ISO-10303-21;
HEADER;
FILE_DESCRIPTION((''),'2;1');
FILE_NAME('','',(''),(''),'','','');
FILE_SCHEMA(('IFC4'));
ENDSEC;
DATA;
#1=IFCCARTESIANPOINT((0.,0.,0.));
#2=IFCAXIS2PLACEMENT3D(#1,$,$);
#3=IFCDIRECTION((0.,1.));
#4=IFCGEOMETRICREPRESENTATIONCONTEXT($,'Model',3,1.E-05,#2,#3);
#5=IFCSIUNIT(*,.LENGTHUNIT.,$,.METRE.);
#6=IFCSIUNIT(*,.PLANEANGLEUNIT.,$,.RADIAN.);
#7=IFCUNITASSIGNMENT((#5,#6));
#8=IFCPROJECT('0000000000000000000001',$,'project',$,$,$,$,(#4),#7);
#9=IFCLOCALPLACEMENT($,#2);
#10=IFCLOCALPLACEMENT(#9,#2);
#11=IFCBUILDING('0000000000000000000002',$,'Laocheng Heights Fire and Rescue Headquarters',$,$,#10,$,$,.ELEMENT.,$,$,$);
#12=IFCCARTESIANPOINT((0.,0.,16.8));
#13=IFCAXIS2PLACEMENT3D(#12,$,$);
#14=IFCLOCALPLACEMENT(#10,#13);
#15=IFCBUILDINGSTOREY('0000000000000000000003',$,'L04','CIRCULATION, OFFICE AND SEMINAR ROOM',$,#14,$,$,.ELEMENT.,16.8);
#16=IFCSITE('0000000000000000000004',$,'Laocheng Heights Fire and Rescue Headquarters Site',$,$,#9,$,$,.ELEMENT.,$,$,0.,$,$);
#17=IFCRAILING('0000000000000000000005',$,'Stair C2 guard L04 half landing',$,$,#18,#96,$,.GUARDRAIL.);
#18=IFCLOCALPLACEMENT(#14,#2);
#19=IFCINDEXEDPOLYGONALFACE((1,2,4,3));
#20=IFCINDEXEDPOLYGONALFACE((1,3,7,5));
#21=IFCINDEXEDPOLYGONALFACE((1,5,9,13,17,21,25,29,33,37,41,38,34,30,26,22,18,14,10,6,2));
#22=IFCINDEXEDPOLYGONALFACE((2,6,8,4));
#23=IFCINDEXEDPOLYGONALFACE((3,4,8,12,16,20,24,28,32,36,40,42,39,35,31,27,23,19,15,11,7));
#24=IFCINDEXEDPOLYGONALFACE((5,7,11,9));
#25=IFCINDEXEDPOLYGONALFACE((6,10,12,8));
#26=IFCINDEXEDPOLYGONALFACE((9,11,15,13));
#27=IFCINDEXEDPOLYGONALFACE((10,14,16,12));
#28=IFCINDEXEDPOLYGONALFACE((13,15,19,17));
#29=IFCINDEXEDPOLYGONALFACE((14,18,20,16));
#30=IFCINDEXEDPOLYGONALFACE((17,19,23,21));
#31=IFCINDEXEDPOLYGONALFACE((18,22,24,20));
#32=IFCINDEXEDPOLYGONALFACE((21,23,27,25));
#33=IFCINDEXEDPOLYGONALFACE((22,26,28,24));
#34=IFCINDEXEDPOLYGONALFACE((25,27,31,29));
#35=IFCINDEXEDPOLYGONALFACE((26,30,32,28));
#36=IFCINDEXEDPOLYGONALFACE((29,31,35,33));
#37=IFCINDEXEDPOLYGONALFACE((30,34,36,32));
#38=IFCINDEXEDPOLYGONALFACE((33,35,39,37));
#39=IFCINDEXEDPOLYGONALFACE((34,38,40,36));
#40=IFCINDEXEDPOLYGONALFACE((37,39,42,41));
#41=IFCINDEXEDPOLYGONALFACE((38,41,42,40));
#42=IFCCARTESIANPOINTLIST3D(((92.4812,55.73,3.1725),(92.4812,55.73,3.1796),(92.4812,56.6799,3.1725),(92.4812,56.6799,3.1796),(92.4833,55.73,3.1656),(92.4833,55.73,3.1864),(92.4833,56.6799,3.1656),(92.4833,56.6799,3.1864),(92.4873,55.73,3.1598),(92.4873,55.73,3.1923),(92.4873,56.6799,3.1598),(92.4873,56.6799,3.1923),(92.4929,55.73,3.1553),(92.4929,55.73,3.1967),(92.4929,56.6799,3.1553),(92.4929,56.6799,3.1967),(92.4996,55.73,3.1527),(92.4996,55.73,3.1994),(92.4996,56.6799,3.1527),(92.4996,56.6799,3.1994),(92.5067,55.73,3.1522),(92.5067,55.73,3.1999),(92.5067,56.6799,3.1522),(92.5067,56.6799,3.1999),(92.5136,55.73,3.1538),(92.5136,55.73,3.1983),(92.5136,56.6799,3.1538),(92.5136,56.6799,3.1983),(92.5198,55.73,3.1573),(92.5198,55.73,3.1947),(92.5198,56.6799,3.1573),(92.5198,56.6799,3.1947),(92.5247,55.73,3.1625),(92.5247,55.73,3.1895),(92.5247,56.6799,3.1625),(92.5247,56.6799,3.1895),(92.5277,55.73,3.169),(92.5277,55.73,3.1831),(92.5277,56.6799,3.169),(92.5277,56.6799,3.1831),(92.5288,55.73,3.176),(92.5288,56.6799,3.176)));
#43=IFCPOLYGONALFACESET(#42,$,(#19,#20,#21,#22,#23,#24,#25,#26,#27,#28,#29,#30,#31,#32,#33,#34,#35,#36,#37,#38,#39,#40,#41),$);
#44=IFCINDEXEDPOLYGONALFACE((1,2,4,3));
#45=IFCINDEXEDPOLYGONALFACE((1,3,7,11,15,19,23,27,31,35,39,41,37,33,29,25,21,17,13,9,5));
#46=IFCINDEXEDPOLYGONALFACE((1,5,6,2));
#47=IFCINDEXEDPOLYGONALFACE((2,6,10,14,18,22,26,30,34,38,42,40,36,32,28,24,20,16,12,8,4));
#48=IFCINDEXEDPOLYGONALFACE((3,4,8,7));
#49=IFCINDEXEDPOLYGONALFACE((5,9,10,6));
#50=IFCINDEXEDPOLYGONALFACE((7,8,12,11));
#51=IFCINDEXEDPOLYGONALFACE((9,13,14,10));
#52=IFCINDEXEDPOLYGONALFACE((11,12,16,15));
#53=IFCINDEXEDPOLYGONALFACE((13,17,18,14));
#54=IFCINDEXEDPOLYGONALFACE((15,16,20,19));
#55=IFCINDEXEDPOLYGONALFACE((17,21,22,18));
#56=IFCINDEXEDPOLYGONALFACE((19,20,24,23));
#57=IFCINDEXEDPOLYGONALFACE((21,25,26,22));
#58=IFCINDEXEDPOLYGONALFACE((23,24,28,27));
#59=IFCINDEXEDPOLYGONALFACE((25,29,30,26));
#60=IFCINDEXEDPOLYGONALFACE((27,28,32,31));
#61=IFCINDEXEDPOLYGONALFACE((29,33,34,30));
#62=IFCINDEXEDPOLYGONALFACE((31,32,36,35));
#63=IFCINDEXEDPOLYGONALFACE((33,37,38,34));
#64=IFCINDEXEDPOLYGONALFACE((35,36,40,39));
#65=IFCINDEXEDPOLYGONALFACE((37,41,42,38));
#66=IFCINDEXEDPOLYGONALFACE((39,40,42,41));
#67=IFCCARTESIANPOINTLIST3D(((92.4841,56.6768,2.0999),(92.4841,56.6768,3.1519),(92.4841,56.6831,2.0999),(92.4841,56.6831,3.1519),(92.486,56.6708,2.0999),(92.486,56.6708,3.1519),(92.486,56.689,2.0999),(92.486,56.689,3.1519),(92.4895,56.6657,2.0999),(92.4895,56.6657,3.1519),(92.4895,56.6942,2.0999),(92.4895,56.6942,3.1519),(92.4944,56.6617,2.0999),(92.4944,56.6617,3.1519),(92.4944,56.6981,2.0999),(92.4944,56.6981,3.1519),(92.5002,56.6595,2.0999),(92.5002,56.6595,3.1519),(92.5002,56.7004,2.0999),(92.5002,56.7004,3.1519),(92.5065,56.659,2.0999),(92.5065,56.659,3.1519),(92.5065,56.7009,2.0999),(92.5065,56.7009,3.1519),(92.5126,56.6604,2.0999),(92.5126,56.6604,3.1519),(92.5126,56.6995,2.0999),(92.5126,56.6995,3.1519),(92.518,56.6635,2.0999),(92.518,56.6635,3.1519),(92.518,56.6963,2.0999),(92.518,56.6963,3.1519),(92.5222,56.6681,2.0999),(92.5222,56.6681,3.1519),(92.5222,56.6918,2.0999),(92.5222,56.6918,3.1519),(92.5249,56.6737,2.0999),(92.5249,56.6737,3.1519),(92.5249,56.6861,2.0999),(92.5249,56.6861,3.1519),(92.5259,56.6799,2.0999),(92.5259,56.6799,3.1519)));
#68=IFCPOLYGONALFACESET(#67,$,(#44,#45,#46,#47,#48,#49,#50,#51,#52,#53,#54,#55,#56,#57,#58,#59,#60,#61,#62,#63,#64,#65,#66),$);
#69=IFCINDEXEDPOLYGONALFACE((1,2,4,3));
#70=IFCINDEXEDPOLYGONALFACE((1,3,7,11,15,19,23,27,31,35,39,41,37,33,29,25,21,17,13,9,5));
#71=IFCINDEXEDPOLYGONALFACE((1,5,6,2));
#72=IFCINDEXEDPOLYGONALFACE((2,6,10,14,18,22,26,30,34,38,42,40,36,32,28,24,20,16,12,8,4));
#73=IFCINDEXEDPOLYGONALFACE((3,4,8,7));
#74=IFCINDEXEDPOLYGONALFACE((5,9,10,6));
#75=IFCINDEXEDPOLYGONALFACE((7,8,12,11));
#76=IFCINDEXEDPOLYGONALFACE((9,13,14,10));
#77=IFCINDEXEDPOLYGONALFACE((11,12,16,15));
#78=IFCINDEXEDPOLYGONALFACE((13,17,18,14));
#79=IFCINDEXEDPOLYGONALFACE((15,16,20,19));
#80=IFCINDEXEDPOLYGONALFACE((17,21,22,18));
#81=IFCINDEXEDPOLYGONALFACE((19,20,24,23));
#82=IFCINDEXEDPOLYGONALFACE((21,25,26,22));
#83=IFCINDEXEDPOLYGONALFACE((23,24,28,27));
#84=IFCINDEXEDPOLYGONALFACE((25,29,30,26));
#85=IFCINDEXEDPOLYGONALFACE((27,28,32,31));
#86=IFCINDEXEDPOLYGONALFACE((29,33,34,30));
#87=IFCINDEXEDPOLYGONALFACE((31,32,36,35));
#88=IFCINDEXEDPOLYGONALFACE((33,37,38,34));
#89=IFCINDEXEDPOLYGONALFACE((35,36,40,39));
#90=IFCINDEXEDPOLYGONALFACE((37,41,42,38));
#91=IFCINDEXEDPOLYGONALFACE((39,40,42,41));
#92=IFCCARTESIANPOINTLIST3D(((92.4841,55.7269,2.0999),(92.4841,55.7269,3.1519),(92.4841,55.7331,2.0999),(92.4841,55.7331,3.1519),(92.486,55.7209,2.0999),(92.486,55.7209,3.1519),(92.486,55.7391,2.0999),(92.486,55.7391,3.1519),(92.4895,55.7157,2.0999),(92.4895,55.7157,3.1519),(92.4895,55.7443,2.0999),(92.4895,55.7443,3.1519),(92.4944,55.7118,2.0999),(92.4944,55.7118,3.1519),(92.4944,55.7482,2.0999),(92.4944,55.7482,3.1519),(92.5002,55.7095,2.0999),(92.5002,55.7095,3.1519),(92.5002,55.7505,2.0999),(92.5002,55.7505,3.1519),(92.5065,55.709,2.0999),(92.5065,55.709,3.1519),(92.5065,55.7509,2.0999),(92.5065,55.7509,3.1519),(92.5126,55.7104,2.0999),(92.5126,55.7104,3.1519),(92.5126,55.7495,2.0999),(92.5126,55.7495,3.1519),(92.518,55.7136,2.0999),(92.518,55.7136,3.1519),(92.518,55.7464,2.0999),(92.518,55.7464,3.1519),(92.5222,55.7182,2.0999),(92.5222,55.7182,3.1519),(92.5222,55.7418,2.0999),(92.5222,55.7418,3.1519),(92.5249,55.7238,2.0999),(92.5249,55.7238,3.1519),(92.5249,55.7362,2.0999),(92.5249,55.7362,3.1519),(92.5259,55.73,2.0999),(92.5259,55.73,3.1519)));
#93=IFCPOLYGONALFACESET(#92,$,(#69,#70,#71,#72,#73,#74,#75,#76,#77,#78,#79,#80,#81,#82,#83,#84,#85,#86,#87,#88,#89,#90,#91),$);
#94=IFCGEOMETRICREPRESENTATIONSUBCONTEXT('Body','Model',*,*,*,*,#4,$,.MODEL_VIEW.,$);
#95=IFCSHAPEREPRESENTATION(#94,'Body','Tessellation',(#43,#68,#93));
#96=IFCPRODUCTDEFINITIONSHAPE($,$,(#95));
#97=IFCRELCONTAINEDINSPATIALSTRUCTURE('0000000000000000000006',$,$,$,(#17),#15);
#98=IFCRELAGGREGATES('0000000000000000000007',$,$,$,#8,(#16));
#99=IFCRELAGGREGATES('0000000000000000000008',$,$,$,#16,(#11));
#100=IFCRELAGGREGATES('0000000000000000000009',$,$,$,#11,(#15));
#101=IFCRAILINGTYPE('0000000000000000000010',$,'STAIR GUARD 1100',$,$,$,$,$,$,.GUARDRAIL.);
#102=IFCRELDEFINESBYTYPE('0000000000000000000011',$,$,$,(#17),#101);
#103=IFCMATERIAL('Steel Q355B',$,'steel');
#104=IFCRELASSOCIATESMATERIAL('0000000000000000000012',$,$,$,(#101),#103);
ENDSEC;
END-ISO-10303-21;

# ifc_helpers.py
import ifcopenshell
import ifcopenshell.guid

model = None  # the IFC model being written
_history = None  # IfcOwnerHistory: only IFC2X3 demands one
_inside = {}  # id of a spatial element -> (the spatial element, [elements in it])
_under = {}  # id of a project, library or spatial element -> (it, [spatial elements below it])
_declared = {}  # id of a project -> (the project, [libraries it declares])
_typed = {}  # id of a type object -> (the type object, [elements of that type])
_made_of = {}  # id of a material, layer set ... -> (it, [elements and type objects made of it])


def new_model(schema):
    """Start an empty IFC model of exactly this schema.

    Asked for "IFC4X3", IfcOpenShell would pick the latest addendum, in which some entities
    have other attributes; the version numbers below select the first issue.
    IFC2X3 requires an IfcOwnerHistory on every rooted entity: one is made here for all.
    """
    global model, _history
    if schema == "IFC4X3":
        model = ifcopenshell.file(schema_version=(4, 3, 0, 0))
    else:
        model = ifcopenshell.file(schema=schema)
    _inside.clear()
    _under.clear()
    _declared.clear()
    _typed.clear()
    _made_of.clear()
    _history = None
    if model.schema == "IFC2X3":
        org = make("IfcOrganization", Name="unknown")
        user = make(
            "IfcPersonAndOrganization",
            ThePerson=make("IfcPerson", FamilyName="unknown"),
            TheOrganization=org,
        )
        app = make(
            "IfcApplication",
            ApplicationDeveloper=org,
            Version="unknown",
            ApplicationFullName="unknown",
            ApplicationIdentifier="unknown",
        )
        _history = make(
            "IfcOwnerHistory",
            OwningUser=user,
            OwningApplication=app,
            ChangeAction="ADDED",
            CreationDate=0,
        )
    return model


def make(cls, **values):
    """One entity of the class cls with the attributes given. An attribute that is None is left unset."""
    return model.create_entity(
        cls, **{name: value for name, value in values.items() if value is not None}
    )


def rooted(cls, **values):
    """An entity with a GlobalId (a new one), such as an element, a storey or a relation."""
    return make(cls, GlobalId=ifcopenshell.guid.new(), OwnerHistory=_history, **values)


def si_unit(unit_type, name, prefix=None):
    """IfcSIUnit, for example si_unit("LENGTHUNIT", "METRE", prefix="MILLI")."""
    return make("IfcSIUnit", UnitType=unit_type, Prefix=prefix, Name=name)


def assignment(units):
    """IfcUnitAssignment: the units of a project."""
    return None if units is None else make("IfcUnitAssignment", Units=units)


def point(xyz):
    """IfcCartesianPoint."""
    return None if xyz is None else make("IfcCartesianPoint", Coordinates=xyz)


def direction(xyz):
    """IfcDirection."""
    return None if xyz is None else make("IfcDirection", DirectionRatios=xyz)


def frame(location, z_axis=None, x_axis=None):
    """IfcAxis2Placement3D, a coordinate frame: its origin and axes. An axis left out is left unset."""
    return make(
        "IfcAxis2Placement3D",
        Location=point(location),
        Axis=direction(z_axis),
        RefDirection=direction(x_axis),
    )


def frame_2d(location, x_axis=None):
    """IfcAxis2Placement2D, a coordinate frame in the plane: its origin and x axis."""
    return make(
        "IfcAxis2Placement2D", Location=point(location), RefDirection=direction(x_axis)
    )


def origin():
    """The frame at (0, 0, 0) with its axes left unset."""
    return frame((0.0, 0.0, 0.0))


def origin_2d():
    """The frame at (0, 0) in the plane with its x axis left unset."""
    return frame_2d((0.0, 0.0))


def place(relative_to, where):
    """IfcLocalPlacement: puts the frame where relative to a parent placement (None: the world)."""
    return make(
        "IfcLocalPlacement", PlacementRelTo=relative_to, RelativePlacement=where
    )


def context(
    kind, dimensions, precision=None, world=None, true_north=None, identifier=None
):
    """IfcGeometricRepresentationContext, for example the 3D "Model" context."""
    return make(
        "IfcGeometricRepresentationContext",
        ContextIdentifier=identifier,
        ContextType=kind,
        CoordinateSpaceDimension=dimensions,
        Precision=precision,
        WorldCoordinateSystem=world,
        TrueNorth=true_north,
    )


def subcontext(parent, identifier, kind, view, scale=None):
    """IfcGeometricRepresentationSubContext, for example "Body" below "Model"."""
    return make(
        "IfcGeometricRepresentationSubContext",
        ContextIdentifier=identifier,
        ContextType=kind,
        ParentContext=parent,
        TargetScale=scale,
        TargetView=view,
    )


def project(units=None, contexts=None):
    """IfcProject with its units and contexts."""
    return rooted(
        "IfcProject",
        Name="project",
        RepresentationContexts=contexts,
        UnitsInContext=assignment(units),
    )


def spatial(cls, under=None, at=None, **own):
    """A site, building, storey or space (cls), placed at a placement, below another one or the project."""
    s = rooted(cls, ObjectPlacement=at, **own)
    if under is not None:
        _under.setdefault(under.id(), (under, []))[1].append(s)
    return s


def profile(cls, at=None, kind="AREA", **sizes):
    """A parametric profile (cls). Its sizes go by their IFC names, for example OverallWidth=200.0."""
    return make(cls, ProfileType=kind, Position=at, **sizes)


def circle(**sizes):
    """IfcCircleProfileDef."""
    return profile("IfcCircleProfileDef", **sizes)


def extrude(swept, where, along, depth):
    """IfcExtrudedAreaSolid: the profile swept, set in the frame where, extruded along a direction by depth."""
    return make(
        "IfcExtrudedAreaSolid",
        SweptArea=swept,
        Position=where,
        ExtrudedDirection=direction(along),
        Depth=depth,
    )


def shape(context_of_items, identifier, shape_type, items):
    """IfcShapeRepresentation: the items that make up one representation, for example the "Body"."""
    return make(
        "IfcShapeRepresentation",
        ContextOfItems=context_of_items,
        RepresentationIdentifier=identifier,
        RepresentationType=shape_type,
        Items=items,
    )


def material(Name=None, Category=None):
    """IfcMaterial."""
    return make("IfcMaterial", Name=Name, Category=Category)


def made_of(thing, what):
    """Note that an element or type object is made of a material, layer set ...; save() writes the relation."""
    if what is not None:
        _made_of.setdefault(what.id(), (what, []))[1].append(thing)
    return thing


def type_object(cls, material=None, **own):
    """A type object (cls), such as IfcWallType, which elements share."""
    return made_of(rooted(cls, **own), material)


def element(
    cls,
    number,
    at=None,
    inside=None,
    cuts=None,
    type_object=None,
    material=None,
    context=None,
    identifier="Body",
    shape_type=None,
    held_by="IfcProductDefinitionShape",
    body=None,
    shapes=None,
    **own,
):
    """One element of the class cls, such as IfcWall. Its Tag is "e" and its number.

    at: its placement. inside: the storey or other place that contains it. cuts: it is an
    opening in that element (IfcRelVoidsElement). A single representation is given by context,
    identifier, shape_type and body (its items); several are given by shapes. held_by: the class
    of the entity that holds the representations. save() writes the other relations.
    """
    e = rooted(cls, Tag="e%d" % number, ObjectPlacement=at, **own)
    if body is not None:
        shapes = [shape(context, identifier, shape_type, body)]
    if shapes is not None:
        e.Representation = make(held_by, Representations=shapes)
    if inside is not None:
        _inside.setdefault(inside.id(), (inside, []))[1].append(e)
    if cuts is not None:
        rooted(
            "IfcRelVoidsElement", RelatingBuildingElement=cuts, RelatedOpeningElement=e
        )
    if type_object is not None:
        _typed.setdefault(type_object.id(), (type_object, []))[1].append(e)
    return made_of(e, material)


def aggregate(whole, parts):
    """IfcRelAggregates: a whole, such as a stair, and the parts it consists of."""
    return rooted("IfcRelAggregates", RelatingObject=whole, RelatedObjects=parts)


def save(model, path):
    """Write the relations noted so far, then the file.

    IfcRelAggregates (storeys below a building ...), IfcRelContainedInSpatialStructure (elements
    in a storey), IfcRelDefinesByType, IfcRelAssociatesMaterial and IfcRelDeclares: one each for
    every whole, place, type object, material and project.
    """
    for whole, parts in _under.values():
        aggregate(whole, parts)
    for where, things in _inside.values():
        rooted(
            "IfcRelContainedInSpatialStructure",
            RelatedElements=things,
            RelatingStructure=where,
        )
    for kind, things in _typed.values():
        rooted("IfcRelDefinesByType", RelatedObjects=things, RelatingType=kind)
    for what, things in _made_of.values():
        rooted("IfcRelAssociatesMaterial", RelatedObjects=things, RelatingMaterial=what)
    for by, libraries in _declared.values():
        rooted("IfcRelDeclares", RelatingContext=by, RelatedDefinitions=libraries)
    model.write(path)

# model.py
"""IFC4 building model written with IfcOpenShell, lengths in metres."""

from ifc_helpers import new_model, si_unit, direction, frame, origin, origin_2d, place, context, subcontext, project, spatial, circle, extrude, material, type_object, element, save


model = new_model("IFC4")

# Units and contexts
model_context = context("Model", 3, precision=1e-05, world=origin(), true_north=direction((0.0, 1.0)))
body_context = subcontext(model_context, "Body", "Model", "MODEL_VIEW")
ifc_project = project(units=[si_unit("LENGTHUNIT", "METRE"), si_unit("PLANEANGLEUNIT", "RADIAN")], contexts=[model_context])

# Site, building, storey
site_placement = place(None, origin())
site = spatial("IfcSite", under=ifc_project, at=site_placement, Name="Laocheng Heights Fire and Rescue Headquarters Site", CompositionType="ELEMENT", RefElevation=0.0)
building_placement = place(site_placement, origin())
building = spatial("IfcBuilding", under=site, at=building_placement, Name="Laocheng Heights Fire and Rescue Headquarters", CompositionType="ELEMENT")
storey_placement = place(building_placement, frame((0.0, 0.0, 16.8)))
storey = spatial("IfcBuildingStorey", under=building, at=storey_placement, Name="L04", Description="CIRCULATION, OFFICE AND SEMINAR ROOM", CompositionType="ELEMENT", Elevation=16.8)

# Railing
ifc_material_1 = material(Name="Steel Q355B", Category="steel")
railing_type_1 = type_object("IfcRailingType", Name="STAIR GUARD 1100", PredefinedType="GUARDRAIL", material=ifc_material_1)
railing_1_placement = place(storey_placement, frame((92.5049, 56.6799, 2.0999)))
element("IfcRailing", 1, at=railing_1_placement, inside=storey, type_object=railing_type_1, Name="Stair C2 guard L04 half landing", PredefinedType="GUARDRAIL", context=body_context, shape_type="SweptSolid", body=[
    extrude(circle(Radius=0.0239, at=origin_2d()), frame((0.0, 0.0, 1.0762), z_axis=(0.0, -1.0, 0.0), x_axis=(1.0, 0.0, 0.0)), (0.0, 0.0, 1.0), 0.95),
    extrude(circle(Radius=0.021, at=origin_2d()), origin(), (0.0, 0.0, 1.0), 1.052),
    extrude(circle(Radius=0.021, at=origin_2d()), frame((0.0, -0.95, 0.0)), (0.0, 0.0, 1.0), 1.052),
])

save(model, "model.ifc")
